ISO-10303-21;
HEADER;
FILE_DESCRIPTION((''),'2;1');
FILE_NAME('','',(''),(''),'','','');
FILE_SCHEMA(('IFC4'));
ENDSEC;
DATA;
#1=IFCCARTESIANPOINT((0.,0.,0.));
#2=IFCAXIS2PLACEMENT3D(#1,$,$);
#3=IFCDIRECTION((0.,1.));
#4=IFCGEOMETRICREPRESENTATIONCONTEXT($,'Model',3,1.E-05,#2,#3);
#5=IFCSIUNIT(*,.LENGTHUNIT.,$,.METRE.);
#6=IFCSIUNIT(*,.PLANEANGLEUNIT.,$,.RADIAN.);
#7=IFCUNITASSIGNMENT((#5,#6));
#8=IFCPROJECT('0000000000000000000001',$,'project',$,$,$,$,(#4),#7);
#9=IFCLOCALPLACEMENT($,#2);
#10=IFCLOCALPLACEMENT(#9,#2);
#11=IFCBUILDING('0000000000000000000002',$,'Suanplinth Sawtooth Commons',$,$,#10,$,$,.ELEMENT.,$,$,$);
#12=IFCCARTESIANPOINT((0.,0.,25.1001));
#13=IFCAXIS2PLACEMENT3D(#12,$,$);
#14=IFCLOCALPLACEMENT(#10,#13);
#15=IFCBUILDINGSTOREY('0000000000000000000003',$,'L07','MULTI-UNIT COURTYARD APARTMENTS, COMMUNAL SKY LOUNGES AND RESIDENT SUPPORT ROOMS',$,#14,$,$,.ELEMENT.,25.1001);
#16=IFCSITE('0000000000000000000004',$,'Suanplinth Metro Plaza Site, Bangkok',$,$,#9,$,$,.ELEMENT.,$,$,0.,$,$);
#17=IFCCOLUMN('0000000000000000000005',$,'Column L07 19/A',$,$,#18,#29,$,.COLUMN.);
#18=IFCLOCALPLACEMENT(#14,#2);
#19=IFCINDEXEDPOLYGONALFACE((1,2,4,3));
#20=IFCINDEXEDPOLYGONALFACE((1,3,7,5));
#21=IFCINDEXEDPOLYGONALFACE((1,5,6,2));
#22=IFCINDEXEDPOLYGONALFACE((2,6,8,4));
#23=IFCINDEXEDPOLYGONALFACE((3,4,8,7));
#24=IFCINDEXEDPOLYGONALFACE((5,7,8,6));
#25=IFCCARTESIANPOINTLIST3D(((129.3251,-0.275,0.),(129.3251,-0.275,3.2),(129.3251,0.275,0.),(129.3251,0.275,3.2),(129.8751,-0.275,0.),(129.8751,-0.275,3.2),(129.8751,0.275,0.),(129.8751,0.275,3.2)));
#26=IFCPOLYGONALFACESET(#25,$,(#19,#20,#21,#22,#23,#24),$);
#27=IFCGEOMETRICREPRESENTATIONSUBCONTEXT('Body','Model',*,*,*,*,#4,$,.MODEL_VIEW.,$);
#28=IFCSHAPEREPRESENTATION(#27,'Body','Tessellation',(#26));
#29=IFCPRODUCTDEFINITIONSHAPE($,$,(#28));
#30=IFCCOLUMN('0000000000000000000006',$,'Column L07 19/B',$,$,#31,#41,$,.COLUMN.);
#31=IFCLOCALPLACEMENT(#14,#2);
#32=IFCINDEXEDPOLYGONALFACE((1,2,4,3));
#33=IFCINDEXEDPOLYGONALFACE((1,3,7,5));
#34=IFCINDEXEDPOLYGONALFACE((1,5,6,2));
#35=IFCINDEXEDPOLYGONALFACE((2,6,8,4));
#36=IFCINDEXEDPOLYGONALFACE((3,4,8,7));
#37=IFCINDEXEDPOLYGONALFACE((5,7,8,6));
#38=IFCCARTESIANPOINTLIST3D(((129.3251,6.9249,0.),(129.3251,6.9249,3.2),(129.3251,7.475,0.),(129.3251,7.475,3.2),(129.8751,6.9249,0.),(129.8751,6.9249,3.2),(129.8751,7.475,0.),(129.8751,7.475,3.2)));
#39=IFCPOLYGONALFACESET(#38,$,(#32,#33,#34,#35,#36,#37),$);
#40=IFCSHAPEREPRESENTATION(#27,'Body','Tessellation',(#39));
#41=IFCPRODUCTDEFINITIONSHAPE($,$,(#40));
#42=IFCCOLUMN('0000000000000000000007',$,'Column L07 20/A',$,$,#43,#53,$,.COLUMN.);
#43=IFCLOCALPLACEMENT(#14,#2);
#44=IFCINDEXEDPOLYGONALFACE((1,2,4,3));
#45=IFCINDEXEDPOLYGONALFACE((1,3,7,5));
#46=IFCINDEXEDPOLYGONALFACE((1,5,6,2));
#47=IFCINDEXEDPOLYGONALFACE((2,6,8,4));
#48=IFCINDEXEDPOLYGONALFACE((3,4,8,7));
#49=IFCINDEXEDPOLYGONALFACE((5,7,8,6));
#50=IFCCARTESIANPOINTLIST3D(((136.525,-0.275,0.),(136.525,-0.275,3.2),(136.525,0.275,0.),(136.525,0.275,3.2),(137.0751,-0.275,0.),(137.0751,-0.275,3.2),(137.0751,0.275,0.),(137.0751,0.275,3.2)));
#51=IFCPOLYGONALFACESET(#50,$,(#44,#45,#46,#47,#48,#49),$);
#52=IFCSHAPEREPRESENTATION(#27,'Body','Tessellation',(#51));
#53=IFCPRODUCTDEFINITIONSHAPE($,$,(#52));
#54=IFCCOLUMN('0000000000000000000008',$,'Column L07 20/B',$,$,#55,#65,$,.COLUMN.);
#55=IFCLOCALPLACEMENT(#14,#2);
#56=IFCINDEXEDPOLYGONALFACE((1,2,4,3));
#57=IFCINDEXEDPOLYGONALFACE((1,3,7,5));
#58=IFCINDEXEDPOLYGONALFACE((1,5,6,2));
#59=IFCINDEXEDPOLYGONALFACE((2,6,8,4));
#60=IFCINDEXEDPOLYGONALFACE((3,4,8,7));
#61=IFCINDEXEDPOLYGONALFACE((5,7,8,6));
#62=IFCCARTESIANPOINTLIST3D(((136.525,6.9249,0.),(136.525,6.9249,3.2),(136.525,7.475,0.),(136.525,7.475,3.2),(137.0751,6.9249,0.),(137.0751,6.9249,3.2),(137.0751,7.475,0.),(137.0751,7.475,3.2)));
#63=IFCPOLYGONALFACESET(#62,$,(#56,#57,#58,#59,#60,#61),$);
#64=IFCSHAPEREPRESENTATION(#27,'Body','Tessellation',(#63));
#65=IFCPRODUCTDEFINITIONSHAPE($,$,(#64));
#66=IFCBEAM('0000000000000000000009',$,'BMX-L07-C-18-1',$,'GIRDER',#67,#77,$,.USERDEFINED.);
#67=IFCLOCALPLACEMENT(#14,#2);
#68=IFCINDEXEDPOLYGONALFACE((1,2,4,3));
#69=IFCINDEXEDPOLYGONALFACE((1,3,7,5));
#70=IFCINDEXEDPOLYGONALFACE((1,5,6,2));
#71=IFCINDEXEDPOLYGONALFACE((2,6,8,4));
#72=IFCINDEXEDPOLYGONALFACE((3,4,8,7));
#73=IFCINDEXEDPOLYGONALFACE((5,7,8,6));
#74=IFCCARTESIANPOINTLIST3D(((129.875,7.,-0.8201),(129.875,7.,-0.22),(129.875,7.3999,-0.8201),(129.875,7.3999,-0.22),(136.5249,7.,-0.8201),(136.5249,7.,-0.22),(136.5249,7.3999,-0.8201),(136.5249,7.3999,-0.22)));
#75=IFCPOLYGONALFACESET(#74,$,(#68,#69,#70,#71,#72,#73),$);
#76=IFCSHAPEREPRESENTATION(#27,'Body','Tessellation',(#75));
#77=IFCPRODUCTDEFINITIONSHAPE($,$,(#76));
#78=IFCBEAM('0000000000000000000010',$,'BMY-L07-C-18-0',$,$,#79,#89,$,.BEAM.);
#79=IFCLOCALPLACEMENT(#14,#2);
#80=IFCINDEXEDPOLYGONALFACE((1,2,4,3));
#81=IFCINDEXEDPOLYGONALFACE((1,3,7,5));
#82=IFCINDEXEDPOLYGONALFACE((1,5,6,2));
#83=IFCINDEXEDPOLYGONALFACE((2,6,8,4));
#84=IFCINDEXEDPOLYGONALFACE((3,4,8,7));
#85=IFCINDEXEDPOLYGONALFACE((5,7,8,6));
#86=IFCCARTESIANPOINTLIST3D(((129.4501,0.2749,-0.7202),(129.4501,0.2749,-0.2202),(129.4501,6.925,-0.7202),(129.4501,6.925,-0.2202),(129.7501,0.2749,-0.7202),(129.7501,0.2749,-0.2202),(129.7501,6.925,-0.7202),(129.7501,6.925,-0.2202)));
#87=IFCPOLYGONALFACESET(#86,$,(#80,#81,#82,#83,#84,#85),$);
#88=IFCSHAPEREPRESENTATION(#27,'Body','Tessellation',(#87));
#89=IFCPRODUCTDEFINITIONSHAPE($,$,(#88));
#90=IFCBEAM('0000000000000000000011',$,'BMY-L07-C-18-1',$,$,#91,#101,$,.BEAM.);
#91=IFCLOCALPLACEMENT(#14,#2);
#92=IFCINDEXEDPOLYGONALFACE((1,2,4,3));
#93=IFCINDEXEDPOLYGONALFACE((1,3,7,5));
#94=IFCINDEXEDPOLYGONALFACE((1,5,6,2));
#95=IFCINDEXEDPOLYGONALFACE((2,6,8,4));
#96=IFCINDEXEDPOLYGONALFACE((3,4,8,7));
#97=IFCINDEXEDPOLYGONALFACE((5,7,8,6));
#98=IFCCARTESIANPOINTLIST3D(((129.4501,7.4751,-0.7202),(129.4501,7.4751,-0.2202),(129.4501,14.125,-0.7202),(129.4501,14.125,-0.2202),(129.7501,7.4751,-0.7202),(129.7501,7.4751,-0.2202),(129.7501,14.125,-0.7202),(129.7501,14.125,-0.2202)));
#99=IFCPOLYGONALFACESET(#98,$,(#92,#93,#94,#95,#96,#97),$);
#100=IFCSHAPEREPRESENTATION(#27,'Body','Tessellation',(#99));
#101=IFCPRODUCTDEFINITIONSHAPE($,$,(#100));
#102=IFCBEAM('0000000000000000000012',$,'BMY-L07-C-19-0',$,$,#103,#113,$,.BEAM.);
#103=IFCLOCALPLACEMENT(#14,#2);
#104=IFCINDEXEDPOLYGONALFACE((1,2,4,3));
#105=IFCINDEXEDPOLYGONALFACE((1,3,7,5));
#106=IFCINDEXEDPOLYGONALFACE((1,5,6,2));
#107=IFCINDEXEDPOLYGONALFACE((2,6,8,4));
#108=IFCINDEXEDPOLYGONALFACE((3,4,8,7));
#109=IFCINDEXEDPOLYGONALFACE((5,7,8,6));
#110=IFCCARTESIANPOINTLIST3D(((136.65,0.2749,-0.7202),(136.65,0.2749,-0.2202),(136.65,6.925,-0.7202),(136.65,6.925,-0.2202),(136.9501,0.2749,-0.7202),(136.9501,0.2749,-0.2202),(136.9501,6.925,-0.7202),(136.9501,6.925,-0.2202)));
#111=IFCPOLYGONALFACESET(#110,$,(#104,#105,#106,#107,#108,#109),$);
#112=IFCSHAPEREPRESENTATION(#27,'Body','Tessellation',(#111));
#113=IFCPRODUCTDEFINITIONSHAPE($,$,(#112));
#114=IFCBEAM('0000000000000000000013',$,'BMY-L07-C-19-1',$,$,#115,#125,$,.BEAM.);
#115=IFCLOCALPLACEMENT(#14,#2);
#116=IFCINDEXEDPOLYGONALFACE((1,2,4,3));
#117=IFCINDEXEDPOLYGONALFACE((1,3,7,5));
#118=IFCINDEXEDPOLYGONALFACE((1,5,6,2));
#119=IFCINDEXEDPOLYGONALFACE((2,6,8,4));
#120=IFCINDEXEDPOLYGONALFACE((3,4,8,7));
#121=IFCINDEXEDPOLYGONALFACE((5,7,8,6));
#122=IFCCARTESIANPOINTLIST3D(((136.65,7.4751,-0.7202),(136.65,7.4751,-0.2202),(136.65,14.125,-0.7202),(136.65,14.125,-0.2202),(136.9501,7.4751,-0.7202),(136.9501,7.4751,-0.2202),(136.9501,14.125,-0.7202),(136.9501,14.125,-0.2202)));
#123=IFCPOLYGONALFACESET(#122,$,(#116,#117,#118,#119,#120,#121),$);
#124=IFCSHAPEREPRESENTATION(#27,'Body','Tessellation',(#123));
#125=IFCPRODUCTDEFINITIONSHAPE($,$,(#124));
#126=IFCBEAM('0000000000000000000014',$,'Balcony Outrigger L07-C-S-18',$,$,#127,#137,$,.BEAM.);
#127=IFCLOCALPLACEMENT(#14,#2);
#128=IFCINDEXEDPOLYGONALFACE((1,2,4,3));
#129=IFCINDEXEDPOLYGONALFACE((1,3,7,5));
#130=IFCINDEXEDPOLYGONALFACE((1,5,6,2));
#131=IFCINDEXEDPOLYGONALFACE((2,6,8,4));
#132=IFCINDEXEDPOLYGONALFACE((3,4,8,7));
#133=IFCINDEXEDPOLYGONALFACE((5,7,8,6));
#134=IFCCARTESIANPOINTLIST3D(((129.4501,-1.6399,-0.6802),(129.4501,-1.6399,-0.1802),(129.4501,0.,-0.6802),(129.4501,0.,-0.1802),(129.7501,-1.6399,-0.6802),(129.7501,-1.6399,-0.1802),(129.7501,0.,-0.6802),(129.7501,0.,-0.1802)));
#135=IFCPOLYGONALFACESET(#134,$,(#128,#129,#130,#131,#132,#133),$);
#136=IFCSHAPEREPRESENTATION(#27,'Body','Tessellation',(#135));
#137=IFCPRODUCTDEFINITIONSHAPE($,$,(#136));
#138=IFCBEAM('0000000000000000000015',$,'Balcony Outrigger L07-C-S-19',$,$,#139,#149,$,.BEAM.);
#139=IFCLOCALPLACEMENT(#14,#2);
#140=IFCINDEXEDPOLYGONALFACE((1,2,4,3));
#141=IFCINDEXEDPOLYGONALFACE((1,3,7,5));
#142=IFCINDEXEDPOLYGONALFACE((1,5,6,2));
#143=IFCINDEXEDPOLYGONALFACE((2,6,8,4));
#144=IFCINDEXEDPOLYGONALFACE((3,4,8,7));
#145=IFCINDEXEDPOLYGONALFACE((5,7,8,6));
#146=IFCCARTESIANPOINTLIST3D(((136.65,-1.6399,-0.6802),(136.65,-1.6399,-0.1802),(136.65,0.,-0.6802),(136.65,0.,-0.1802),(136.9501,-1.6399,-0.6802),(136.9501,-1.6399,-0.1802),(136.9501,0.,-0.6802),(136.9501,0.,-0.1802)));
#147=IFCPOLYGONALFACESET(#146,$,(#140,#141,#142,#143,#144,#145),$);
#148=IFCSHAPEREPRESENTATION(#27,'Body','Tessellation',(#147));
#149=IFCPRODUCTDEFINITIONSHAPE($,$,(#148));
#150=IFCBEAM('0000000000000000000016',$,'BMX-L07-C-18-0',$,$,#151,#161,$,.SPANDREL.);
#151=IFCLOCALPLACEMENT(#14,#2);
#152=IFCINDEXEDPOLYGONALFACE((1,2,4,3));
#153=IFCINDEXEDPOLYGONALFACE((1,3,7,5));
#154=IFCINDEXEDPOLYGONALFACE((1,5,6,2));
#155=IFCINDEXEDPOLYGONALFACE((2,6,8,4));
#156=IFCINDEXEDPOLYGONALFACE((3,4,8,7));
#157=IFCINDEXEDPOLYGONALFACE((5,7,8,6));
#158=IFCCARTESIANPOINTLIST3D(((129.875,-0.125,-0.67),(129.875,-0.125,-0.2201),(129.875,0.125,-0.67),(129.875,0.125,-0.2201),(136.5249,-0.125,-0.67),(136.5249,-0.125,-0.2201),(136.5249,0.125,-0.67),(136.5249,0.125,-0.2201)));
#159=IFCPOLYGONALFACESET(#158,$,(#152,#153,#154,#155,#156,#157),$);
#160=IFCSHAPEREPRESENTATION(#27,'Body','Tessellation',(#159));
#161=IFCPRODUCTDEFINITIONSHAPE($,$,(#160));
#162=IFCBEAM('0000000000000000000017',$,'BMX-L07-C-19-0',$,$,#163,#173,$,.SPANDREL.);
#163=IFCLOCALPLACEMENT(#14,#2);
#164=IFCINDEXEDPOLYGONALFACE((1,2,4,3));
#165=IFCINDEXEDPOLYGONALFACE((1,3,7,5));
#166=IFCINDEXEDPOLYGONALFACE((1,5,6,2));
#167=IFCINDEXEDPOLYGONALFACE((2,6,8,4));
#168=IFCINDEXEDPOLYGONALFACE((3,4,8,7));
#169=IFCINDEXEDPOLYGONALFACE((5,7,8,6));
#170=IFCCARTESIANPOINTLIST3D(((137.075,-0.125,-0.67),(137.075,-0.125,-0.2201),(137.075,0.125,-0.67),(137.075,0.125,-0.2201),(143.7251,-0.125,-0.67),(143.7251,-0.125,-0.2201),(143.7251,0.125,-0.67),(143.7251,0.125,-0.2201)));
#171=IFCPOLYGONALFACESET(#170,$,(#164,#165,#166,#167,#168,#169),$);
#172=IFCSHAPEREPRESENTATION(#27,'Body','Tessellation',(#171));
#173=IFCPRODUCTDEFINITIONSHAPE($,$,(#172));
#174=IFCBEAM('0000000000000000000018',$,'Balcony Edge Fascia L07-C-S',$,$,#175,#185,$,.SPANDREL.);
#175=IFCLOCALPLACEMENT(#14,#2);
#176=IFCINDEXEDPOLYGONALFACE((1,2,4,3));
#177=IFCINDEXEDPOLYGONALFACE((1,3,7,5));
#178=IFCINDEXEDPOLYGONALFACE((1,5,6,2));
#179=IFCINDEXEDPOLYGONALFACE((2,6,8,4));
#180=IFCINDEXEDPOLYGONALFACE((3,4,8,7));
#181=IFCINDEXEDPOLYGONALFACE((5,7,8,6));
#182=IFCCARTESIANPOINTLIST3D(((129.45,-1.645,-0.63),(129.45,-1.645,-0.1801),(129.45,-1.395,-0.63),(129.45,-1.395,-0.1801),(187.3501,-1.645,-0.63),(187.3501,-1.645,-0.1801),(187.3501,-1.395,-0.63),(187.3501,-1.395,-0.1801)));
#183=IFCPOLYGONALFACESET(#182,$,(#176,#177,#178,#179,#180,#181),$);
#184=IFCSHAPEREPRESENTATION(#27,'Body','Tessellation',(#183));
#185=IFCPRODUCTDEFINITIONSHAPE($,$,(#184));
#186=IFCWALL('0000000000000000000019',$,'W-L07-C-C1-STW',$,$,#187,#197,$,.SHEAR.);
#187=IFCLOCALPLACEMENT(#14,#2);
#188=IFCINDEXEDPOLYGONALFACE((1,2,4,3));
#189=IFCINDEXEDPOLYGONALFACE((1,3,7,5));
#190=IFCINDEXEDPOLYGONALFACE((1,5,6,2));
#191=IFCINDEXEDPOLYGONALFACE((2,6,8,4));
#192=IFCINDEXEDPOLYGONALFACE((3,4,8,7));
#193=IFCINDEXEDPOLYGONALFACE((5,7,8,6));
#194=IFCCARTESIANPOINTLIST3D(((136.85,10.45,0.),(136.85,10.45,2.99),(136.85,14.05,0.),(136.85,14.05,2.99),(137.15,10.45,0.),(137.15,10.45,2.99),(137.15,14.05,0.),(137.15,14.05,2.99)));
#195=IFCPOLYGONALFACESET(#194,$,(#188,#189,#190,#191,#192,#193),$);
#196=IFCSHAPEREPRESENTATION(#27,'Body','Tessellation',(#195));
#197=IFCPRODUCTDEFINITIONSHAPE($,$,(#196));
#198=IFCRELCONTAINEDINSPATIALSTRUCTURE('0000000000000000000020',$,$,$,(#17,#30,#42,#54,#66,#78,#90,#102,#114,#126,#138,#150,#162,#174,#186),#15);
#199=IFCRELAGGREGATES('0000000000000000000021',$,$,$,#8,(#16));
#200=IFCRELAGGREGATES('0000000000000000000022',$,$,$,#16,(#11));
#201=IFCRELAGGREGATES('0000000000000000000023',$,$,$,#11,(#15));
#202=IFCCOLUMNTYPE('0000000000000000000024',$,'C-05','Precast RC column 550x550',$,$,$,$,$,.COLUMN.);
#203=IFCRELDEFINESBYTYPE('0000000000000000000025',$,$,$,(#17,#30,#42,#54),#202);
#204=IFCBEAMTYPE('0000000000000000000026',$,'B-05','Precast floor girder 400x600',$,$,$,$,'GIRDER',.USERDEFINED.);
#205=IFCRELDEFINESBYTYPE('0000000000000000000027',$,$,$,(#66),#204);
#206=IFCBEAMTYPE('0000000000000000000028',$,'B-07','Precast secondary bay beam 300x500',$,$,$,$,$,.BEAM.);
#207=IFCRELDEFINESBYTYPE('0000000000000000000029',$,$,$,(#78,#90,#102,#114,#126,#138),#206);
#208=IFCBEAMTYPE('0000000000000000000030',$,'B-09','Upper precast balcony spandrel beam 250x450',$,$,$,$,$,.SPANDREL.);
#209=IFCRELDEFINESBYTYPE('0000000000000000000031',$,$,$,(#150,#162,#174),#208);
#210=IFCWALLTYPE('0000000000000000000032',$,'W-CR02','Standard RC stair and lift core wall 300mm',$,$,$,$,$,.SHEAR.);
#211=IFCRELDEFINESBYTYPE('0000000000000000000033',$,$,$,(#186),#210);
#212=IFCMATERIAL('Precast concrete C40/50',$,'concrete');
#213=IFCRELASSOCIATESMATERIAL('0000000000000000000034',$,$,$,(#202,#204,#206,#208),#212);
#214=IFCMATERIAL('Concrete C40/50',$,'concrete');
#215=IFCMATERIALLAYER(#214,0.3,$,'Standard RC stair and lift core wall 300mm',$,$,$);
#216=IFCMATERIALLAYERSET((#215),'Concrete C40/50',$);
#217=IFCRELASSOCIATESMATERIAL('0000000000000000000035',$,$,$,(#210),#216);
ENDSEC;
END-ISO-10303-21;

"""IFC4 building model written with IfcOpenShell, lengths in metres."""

from ifc_helpers import new_model, si_unit, direction, frame, frame_2d, origin, origin_2d, place, context, subcontext, project, spatial, rectangle, extrude, material, layer, layer_set, material_profile, profile_set, type_object, element, save


model = new_model("IFC4")

# Units and contexts
model_context = context("Model", 3, precision=1e-05, world=origin(), true_north=direction((0.0, 1.0)))
body_context = subcontext(model_context, "Body", "Model", "MODEL_VIEW")
ifc_project = project(units=[si_unit("LENGTHUNIT", "METRE"), si_unit("PLANEANGLEUNIT", "RADIAN")], contexts=[model_context])

# Site, building, storey
site_placement = place(None, origin())
site = spatial("IfcSite", under=ifc_project, at=site_placement, Name="Suanplinth Metro Plaza Site, Bangkok", CompositionType="ELEMENT", RefElevation=0.0)
building_placement = place(site_placement, origin())
building = spatial("IfcBuilding", under=site, at=building_placement, Name="Suanplinth Sawtooth Commons", CompositionType="ELEMENT")
storey_placement = place(building_placement, frame((0.0, 0.0, 25.1001)))
storey = spatial("IfcBuildingStorey", under=building, at=storey_placement, Name="L07", Description="MULTI-UNIT COURTYARD APARTMENTS, COMMUNAL SKY LOUNGES AND RESIDENT SUPPORT ROOMS", CompositionType="ELEMENT", Elevation=25.1001)

# Columns
ifc_material_1 = material(Name="Precast concrete C40/50", Category="concrete")
ifc_material_profile_1 = material_profile(ifc_material_1, rectangle(XDim=0.55, YDim=0.55, at=origin_2d()), Name="PC-COL 550x550")
ifc_profile_set_1 = profile_set([ifc_material_profile_1], Name="Precast concrete C40/50")
column_type = type_object("IfcColumnType", Name="C-05", Description="Precast RC column 550x550", PredefinedType="COLUMN", material=ifc_profile_set_1)
for number, where, z_axis, x_axis, name in (
    (1, (129.6001, 0.0, 0.0), (0.0, 0.0, 1.0), (1.0, 0.0, 0.0), "Column L07 19/A"),
    (2, (129.6001, 7.2, 0.0), (0.0, 0.0, 1.0), (1.0, 0.0, 0.0), "Column L07 19/B"),
    (3, (136.8, 0.0, 0.0), (0.0, 0.0, 1.0), (1.0, 0.0, 0.0), "Column L07 20/A"),
    (4, (136.8, 7.2, 0.0), (0.0, 0.0, 1.0), (1.0, 0.0, 0.0), "Column L07 20/B"),
):
    element("IfcColumn", number, at=place(storey_placement, frame(where, z_axis=z_axis, x_axis=x_axis)), inside=storey, type_object=column_type, Name=name, PredefinedType="COLUMN", context=body_context, shape_type="SweptSolid", body=[
        extrude(rectangle(XDim=0.55, YDim=0.55, at=origin_2d()), origin(), (0.0, 0.0, 1.0), 3.2),
    ])

# Beams
ifc_material_profile_2 = material_profile(ifc_material_1, rectangle(XDim=0.3999, YDim=0.6001, at=origin_2d()), Name="PC-GDR 400x600")
ifc_profile_set_2 = profile_set([ifc_material_profile_2], Name="Precast concrete C40/50")
beam_type_1 = type_object("IfcBeamType", Name="B-05", Description="Precast floor girder 400x600", ElementType="GIRDER", PredefinedType="USERDEFINED", material=ifc_profile_set_2)
beam_1_placement = place(storey_placement, frame((129.875, 7.2, -0.52), z_axis=(1.0, 0.0, 0.0), x_axis=(0.0, 1.0, 0.0)))
element("IfcBeam", 5, at=beam_1_placement, inside=storey, type_object=beam_type_1, Name="BMX-L07-C-18-1", ObjectType="GIRDER", PredefinedType="USERDEFINED", context=body_context, shape_type="SweptSolid", body=[
    extrude(rectangle(XDim=0.3999, YDim=0.6001, at=origin_2d()), origin(), (0.0, 0.0, 1.0), 6.6499),
])
ifc_material_profile_3 = material_profile(ifc_material_1, rectangle(XDim=0.3, YDim=0.5, at=origin_2d()), Name="PC-BM 300x500")
ifc_profile_set_3 = profile_set([ifc_material_profile_3], Name="Precast concrete C40/50")
beam_type_2 = type_object("IfcBeamType", Name="B-07", Description="Precast secondary bay beam 300x500", PredefinedType="BEAM", material=ifc_profile_set_3)
beam_2_placement = place(storey_placement, frame((129.6001, 0.2749, -0.4702), z_axis=(0.0, 1.0, 0.0), x_axis=(-1.0, 0.0, 0.0)))
element("IfcBeam", 6, at=beam_2_placement, inside=storey, type_object=beam_type_2, Name="BMY-L07-C-18-0", PredefinedType="BEAM", context=body_context, shape_type="SweptSolid", body=[
    extrude(rectangle(XDim=0.3, YDim=0.5, at=origin_2d()), origin(), (0.0, 0.0, 1.0), 6.6501),
])
beam_3_placement = place(storey_placement, frame((129.6001, 7.4751, -0.4702), z_axis=(0.0, 1.0, 0.0), x_axis=(-1.0, 0.0, 0.0)))
element("IfcBeam", 7, at=beam_3_placement, inside=storey, type_object=beam_type_2, Name="BMY-L07-C-18-1", PredefinedType="BEAM", context=body_context, shape_type="SweptSolid", body=[
    extrude(rectangle(XDim=0.3, YDim=0.5, at=origin_2d()), origin(), (0.0, 0.0, 1.0), 6.6499),
])
beam_4_placement = place(storey_placement, frame((136.8, 0.2749, -0.4702), z_axis=(0.0, 1.0, 0.0), x_axis=(-1.0, 0.0, 0.0)))
element("IfcBeam", 8, at=beam_4_placement, inside=storey, type_object=beam_type_2, Name="BMY-L07-C-19-0", PredefinedType="BEAM", context=body_context, shape_type="SweptSolid", body=[
    extrude(rectangle(XDim=0.3, YDim=0.5, at=origin_2d()), origin(), (0.0, 0.0, 1.0), 6.6501),
])
beam_5_placement = place(storey_placement, frame((136.8, 7.4751, -0.4702), z_axis=(0.0, 1.0, 0.0), x_axis=(-1.0, 0.0, 0.0)))
element("IfcBeam", 9, at=beam_5_placement, inside=storey, type_object=beam_type_2, Name="BMY-L07-C-19-1", PredefinedType="BEAM", context=body_context, shape_type="SweptSolid", body=[
    extrude(rectangle(XDim=0.3, YDim=0.5, at=origin_2d()), origin(), (0.0, 0.0, 1.0), 6.6499),
])
for number, where, z_axis, x_axis, name in (
    (10, (129.6001, 0.0, -0.4302), (0.0, -1.0, 0.0), (1.0, 0.0, 0.0), "Balcony Outrigger L07-C-S-18"),
    (11, (136.8, 0.0, -0.4302), (0.0, -1.0, 0.0), (1.0, 0.0, 0.0), "Balcony Outrigger L07-C-S-19"),
):
    element("IfcBeam", number, at=place(storey_placement, frame(where, z_axis=z_axis, x_axis=x_axis)), inside=storey, type_object=beam_type_2, Name=name, PredefinedType="BEAM", context=body_context, shape_type="SweptSolid", body=[
        extrude(rectangle(XDim=0.3, YDim=0.5, at=origin_2d()), origin(), (0.0, 0.0, 1.0), 1.6399),
    ])
ifc_material_profile_4 = material_profile(ifc_material_1, rectangle(XDim=0.25, YDim=0.45, at=origin_2d()), Name="PC-SP 250x450")
ifc_profile_set_4 = profile_set([ifc_material_profile_4], Name="Precast concrete C40/50")
beam_type_3 = type_object("IfcBeamType", Name="B-09", Description="Upper precast balcony spandrel beam 250x450", PredefinedType="SPANDREL", material=ifc_profile_set_4)
beam_6_placement = place(storey_placement, frame((129.875, 0.0, -0.4451), z_axis=(1.0, 0.0, 0.0), x_axis=(0.0, 1.0, 0.0)))
element("IfcBeam", 12, at=beam_6_placement, inside=storey, type_object=beam_type_3, Name="BMX-L07-C-18-0", PredefinedType="SPANDREL", context=body_context, shape_type="SweptSolid", body=[
    extrude(rectangle(XDim=0.25, YDim=0.45, at=origin_2d()), origin(), (0.0, 0.0, 1.0), 6.6499),
])
beam_7_placement = place(storey_placement, frame((137.075, 0.0, -0.4451), z_axis=(1.0, 0.0, 0.0), x_axis=(0.0, 1.0, 0.0)))
element("IfcBeam", 13, at=beam_7_placement, inside=storey, type_object=beam_type_3, Name="BMX-L07-C-19-0", PredefinedType="SPANDREL", context=body_context, shape_type="SweptSolid", body=[
    extrude(rectangle(XDim=0.25, YDim=0.45, at=origin_2d()), origin(), (0.0, 0.0, 1.0), 6.6501),
])
beam_8_placement = place(storey_placement, frame((129.45, -1.52, -0.405), z_axis=(1.0, 0.0, 0.0), x_axis=(0.0, 1.0, 0.0)))
element("IfcBeam", 14, at=beam_8_placement, inside=storey, type_object=beam_type_3, Name="Balcony Edge Fascia L07-C-S", PredefinedType="SPANDREL", context=body_context, shape_type="SweptSolid", body=[
    extrude(rectangle(XDim=0.25, YDim=0.45, at=origin_2d()), origin(), (0.0, 0.0, 1.0), 57.9001),
])

# Wall
ifc_material_2 = material(Name="Concrete C40/50", Category="concrete")
ifc_layer_1 = layer(ifc_material_2, 0.3, Name="Standard RC stair and lift core wall 300mm")
ifc_layer_set_1 = layer_set([ifc_layer_1], Name="Concrete C40/50")
wall_type_1 = type_object("IfcWallType", Name="W-CR02", Description="Standard RC stair and lift core wall 300mm", PredefinedType="SHEAR", material=ifc_layer_set_1)
wall_1_placement = place(storey_placement, frame((137.0, 10.45, 0.0), z_axis=(0.0, 0.0, 1.0), x_axis=(0.0, 1.0, 0.0)))
element("IfcWall", 15, at=wall_1_placement, inside=storey, type_object=wall_type_1, Name="W-L07-C-C1-STW", PredefinedType="SHEAR", context=body_context, shape_type="SweptSolid", body=[
    extrude(rectangle(XDim=3.6001, YDim=0.3, at=frame_2d((1.8, 0.0))), origin(), (0.0, 0.0, 1.0), 2.99),
])

save(model, "model.ifc")
